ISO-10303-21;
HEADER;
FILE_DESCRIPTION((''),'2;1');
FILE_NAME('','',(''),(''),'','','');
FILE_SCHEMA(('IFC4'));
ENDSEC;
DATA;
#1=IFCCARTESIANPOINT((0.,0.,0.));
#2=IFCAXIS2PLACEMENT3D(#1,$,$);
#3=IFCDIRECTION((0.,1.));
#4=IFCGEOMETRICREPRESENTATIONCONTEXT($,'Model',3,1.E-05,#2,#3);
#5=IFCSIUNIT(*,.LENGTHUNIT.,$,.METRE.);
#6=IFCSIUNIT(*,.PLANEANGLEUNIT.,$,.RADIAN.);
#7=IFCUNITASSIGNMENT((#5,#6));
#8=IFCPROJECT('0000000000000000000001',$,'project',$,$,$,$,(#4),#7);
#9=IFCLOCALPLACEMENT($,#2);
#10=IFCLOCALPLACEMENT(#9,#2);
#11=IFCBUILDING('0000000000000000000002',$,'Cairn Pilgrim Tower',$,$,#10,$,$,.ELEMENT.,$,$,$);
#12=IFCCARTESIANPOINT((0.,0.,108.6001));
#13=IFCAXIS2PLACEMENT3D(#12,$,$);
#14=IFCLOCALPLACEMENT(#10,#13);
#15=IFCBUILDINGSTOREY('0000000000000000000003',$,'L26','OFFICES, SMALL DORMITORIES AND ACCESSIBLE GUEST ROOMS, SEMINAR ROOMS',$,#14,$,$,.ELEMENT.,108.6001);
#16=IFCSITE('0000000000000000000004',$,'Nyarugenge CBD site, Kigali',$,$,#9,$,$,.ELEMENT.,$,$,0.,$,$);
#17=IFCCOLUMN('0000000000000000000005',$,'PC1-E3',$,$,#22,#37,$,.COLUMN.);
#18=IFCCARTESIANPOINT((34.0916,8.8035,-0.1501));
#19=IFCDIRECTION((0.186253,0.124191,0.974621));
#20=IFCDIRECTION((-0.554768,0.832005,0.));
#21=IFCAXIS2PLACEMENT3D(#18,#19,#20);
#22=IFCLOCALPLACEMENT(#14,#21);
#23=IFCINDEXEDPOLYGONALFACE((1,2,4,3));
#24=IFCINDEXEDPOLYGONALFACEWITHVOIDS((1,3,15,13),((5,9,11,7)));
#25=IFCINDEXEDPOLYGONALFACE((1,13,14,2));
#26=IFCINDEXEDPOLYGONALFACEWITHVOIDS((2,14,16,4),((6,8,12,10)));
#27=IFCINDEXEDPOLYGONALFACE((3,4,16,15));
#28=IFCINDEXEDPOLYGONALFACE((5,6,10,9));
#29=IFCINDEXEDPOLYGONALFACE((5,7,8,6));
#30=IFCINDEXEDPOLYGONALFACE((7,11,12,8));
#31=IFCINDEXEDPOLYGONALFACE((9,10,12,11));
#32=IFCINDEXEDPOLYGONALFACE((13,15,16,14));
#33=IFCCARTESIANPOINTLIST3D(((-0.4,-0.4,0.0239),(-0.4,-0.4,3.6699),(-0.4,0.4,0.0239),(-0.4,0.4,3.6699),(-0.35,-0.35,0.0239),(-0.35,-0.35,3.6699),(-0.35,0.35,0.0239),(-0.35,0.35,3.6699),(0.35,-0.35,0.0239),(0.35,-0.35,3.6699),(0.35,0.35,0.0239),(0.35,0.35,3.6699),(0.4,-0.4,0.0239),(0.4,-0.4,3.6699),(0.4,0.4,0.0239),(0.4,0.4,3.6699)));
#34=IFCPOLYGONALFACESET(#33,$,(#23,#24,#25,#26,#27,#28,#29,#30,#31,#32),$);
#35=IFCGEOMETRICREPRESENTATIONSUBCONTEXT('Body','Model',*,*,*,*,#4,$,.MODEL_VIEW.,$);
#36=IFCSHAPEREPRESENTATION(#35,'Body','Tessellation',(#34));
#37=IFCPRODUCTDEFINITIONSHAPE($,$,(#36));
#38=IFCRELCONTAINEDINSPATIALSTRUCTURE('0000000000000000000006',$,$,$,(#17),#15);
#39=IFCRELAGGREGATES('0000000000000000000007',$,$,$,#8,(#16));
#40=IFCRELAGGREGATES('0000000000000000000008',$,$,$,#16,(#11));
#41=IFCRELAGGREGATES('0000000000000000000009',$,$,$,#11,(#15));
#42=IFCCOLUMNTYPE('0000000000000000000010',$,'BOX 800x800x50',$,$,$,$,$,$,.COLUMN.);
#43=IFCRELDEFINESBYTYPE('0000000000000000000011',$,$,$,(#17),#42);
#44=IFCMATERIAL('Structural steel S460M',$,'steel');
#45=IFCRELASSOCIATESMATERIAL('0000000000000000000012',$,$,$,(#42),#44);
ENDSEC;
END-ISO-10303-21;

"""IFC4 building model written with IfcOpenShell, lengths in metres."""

from ifc_helpers import new_model, si_unit, direction, frame, origin, origin_2d, place, context, subcontext, project, spatial, hollow_rectangle, extrude, clip, halfspace, material, material_profile, profile_set, type_object, element, save


model = new_model("IFC4")

# Units and contexts
model_context = context("Model", 3, precision=1e-05, world=origin(), true_north=direction((0.0, 1.0)))
body_context = subcontext(model_context, "Body", "Model", "MODEL_VIEW")
ifc_project = project(units=[si_unit("LENGTHUNIT", "METRE"), si_unit("PLANEANGLEUNIT", "RADIAN")], contexts=[model_context])

# Site, building, storey
site_placement = place(None, origin())
site = spatial("IfcSite", under=ifc_project, at=site_placement, Name="Nyarugenge CBD site, Kigali", CompositionType="ELEMENT", RefElevation=0.0)
building_placement = place(site_placement, origin())
building = spatial("IfcBuilding", under=site, at=building_placement, Name="Cairn Pilgrim Tower", CompositionType="ELEMENT")
storey_placement = place(building_placement, frame((0.0, 0.0, 108.6001)))
storey = spatial("IfcBuildingStorey", under=building, at=storey_placement, Name="L26", Description="OFFICES, SMALL DORMITORIES AND ACCESSIBLE GUEST ROOMS, SEMINAR ROOMS", CompositionType="ELEMENT", Elevation=108.6001)

# Column
ifc_material_1 = material(Name="Structural steel S460M", Category="steel")
ifc_material_profile_1 = material_profile(ifc_material_1, hollow_rectangle(XDim=0.8, YDim=0.8, WallThickness=0.05, at=origin_2d()), Name="BOX 800x800x50")
ifc_profile_set_1 = profile_set([ifc_material_profile_1], Name="Structural steel S460M")
column_type_1 = type_object("IfcColumnType", Name="BOX 800x800x50", PredefinedType="COLUMN", material=ifc_profile_set_1)
column_placement = place(storey_placement, frame((34.0916, 8.8035, -0.1501), z_axis=(0.186253, 0.124191, 0.974621), x_axis=(-0.554768, 0.832005, 0.0)))
element("IfcColumn", 1, at=column_placement, inside=storey, type_object=column_type_1, Name="PC1-E3", PredefinedType="COLUMN", context=body_context, shape_type="Clipping", body=[
    clip(clip(extrude(hollow_rectangle(XDim=0.8, YDim=0.8, WallThickness=0.05, at=origin_2d()), origin(), (0.0, 0.0, 1.0), 3.6938), halfspace(frame((0.0, 0.0, 0.0239), z_axis=(0.0, 0.0, 1.0), x_axis=(1.0, 0.0, 0.0)), True)), halfspace(frame((0.0, 0.0, 3.6699), z_axis=(0.0, 0.0, 1.0), x_axis=(1.0, 0.0, 0.0)), False)),
])

save(model, "model.ifc")
